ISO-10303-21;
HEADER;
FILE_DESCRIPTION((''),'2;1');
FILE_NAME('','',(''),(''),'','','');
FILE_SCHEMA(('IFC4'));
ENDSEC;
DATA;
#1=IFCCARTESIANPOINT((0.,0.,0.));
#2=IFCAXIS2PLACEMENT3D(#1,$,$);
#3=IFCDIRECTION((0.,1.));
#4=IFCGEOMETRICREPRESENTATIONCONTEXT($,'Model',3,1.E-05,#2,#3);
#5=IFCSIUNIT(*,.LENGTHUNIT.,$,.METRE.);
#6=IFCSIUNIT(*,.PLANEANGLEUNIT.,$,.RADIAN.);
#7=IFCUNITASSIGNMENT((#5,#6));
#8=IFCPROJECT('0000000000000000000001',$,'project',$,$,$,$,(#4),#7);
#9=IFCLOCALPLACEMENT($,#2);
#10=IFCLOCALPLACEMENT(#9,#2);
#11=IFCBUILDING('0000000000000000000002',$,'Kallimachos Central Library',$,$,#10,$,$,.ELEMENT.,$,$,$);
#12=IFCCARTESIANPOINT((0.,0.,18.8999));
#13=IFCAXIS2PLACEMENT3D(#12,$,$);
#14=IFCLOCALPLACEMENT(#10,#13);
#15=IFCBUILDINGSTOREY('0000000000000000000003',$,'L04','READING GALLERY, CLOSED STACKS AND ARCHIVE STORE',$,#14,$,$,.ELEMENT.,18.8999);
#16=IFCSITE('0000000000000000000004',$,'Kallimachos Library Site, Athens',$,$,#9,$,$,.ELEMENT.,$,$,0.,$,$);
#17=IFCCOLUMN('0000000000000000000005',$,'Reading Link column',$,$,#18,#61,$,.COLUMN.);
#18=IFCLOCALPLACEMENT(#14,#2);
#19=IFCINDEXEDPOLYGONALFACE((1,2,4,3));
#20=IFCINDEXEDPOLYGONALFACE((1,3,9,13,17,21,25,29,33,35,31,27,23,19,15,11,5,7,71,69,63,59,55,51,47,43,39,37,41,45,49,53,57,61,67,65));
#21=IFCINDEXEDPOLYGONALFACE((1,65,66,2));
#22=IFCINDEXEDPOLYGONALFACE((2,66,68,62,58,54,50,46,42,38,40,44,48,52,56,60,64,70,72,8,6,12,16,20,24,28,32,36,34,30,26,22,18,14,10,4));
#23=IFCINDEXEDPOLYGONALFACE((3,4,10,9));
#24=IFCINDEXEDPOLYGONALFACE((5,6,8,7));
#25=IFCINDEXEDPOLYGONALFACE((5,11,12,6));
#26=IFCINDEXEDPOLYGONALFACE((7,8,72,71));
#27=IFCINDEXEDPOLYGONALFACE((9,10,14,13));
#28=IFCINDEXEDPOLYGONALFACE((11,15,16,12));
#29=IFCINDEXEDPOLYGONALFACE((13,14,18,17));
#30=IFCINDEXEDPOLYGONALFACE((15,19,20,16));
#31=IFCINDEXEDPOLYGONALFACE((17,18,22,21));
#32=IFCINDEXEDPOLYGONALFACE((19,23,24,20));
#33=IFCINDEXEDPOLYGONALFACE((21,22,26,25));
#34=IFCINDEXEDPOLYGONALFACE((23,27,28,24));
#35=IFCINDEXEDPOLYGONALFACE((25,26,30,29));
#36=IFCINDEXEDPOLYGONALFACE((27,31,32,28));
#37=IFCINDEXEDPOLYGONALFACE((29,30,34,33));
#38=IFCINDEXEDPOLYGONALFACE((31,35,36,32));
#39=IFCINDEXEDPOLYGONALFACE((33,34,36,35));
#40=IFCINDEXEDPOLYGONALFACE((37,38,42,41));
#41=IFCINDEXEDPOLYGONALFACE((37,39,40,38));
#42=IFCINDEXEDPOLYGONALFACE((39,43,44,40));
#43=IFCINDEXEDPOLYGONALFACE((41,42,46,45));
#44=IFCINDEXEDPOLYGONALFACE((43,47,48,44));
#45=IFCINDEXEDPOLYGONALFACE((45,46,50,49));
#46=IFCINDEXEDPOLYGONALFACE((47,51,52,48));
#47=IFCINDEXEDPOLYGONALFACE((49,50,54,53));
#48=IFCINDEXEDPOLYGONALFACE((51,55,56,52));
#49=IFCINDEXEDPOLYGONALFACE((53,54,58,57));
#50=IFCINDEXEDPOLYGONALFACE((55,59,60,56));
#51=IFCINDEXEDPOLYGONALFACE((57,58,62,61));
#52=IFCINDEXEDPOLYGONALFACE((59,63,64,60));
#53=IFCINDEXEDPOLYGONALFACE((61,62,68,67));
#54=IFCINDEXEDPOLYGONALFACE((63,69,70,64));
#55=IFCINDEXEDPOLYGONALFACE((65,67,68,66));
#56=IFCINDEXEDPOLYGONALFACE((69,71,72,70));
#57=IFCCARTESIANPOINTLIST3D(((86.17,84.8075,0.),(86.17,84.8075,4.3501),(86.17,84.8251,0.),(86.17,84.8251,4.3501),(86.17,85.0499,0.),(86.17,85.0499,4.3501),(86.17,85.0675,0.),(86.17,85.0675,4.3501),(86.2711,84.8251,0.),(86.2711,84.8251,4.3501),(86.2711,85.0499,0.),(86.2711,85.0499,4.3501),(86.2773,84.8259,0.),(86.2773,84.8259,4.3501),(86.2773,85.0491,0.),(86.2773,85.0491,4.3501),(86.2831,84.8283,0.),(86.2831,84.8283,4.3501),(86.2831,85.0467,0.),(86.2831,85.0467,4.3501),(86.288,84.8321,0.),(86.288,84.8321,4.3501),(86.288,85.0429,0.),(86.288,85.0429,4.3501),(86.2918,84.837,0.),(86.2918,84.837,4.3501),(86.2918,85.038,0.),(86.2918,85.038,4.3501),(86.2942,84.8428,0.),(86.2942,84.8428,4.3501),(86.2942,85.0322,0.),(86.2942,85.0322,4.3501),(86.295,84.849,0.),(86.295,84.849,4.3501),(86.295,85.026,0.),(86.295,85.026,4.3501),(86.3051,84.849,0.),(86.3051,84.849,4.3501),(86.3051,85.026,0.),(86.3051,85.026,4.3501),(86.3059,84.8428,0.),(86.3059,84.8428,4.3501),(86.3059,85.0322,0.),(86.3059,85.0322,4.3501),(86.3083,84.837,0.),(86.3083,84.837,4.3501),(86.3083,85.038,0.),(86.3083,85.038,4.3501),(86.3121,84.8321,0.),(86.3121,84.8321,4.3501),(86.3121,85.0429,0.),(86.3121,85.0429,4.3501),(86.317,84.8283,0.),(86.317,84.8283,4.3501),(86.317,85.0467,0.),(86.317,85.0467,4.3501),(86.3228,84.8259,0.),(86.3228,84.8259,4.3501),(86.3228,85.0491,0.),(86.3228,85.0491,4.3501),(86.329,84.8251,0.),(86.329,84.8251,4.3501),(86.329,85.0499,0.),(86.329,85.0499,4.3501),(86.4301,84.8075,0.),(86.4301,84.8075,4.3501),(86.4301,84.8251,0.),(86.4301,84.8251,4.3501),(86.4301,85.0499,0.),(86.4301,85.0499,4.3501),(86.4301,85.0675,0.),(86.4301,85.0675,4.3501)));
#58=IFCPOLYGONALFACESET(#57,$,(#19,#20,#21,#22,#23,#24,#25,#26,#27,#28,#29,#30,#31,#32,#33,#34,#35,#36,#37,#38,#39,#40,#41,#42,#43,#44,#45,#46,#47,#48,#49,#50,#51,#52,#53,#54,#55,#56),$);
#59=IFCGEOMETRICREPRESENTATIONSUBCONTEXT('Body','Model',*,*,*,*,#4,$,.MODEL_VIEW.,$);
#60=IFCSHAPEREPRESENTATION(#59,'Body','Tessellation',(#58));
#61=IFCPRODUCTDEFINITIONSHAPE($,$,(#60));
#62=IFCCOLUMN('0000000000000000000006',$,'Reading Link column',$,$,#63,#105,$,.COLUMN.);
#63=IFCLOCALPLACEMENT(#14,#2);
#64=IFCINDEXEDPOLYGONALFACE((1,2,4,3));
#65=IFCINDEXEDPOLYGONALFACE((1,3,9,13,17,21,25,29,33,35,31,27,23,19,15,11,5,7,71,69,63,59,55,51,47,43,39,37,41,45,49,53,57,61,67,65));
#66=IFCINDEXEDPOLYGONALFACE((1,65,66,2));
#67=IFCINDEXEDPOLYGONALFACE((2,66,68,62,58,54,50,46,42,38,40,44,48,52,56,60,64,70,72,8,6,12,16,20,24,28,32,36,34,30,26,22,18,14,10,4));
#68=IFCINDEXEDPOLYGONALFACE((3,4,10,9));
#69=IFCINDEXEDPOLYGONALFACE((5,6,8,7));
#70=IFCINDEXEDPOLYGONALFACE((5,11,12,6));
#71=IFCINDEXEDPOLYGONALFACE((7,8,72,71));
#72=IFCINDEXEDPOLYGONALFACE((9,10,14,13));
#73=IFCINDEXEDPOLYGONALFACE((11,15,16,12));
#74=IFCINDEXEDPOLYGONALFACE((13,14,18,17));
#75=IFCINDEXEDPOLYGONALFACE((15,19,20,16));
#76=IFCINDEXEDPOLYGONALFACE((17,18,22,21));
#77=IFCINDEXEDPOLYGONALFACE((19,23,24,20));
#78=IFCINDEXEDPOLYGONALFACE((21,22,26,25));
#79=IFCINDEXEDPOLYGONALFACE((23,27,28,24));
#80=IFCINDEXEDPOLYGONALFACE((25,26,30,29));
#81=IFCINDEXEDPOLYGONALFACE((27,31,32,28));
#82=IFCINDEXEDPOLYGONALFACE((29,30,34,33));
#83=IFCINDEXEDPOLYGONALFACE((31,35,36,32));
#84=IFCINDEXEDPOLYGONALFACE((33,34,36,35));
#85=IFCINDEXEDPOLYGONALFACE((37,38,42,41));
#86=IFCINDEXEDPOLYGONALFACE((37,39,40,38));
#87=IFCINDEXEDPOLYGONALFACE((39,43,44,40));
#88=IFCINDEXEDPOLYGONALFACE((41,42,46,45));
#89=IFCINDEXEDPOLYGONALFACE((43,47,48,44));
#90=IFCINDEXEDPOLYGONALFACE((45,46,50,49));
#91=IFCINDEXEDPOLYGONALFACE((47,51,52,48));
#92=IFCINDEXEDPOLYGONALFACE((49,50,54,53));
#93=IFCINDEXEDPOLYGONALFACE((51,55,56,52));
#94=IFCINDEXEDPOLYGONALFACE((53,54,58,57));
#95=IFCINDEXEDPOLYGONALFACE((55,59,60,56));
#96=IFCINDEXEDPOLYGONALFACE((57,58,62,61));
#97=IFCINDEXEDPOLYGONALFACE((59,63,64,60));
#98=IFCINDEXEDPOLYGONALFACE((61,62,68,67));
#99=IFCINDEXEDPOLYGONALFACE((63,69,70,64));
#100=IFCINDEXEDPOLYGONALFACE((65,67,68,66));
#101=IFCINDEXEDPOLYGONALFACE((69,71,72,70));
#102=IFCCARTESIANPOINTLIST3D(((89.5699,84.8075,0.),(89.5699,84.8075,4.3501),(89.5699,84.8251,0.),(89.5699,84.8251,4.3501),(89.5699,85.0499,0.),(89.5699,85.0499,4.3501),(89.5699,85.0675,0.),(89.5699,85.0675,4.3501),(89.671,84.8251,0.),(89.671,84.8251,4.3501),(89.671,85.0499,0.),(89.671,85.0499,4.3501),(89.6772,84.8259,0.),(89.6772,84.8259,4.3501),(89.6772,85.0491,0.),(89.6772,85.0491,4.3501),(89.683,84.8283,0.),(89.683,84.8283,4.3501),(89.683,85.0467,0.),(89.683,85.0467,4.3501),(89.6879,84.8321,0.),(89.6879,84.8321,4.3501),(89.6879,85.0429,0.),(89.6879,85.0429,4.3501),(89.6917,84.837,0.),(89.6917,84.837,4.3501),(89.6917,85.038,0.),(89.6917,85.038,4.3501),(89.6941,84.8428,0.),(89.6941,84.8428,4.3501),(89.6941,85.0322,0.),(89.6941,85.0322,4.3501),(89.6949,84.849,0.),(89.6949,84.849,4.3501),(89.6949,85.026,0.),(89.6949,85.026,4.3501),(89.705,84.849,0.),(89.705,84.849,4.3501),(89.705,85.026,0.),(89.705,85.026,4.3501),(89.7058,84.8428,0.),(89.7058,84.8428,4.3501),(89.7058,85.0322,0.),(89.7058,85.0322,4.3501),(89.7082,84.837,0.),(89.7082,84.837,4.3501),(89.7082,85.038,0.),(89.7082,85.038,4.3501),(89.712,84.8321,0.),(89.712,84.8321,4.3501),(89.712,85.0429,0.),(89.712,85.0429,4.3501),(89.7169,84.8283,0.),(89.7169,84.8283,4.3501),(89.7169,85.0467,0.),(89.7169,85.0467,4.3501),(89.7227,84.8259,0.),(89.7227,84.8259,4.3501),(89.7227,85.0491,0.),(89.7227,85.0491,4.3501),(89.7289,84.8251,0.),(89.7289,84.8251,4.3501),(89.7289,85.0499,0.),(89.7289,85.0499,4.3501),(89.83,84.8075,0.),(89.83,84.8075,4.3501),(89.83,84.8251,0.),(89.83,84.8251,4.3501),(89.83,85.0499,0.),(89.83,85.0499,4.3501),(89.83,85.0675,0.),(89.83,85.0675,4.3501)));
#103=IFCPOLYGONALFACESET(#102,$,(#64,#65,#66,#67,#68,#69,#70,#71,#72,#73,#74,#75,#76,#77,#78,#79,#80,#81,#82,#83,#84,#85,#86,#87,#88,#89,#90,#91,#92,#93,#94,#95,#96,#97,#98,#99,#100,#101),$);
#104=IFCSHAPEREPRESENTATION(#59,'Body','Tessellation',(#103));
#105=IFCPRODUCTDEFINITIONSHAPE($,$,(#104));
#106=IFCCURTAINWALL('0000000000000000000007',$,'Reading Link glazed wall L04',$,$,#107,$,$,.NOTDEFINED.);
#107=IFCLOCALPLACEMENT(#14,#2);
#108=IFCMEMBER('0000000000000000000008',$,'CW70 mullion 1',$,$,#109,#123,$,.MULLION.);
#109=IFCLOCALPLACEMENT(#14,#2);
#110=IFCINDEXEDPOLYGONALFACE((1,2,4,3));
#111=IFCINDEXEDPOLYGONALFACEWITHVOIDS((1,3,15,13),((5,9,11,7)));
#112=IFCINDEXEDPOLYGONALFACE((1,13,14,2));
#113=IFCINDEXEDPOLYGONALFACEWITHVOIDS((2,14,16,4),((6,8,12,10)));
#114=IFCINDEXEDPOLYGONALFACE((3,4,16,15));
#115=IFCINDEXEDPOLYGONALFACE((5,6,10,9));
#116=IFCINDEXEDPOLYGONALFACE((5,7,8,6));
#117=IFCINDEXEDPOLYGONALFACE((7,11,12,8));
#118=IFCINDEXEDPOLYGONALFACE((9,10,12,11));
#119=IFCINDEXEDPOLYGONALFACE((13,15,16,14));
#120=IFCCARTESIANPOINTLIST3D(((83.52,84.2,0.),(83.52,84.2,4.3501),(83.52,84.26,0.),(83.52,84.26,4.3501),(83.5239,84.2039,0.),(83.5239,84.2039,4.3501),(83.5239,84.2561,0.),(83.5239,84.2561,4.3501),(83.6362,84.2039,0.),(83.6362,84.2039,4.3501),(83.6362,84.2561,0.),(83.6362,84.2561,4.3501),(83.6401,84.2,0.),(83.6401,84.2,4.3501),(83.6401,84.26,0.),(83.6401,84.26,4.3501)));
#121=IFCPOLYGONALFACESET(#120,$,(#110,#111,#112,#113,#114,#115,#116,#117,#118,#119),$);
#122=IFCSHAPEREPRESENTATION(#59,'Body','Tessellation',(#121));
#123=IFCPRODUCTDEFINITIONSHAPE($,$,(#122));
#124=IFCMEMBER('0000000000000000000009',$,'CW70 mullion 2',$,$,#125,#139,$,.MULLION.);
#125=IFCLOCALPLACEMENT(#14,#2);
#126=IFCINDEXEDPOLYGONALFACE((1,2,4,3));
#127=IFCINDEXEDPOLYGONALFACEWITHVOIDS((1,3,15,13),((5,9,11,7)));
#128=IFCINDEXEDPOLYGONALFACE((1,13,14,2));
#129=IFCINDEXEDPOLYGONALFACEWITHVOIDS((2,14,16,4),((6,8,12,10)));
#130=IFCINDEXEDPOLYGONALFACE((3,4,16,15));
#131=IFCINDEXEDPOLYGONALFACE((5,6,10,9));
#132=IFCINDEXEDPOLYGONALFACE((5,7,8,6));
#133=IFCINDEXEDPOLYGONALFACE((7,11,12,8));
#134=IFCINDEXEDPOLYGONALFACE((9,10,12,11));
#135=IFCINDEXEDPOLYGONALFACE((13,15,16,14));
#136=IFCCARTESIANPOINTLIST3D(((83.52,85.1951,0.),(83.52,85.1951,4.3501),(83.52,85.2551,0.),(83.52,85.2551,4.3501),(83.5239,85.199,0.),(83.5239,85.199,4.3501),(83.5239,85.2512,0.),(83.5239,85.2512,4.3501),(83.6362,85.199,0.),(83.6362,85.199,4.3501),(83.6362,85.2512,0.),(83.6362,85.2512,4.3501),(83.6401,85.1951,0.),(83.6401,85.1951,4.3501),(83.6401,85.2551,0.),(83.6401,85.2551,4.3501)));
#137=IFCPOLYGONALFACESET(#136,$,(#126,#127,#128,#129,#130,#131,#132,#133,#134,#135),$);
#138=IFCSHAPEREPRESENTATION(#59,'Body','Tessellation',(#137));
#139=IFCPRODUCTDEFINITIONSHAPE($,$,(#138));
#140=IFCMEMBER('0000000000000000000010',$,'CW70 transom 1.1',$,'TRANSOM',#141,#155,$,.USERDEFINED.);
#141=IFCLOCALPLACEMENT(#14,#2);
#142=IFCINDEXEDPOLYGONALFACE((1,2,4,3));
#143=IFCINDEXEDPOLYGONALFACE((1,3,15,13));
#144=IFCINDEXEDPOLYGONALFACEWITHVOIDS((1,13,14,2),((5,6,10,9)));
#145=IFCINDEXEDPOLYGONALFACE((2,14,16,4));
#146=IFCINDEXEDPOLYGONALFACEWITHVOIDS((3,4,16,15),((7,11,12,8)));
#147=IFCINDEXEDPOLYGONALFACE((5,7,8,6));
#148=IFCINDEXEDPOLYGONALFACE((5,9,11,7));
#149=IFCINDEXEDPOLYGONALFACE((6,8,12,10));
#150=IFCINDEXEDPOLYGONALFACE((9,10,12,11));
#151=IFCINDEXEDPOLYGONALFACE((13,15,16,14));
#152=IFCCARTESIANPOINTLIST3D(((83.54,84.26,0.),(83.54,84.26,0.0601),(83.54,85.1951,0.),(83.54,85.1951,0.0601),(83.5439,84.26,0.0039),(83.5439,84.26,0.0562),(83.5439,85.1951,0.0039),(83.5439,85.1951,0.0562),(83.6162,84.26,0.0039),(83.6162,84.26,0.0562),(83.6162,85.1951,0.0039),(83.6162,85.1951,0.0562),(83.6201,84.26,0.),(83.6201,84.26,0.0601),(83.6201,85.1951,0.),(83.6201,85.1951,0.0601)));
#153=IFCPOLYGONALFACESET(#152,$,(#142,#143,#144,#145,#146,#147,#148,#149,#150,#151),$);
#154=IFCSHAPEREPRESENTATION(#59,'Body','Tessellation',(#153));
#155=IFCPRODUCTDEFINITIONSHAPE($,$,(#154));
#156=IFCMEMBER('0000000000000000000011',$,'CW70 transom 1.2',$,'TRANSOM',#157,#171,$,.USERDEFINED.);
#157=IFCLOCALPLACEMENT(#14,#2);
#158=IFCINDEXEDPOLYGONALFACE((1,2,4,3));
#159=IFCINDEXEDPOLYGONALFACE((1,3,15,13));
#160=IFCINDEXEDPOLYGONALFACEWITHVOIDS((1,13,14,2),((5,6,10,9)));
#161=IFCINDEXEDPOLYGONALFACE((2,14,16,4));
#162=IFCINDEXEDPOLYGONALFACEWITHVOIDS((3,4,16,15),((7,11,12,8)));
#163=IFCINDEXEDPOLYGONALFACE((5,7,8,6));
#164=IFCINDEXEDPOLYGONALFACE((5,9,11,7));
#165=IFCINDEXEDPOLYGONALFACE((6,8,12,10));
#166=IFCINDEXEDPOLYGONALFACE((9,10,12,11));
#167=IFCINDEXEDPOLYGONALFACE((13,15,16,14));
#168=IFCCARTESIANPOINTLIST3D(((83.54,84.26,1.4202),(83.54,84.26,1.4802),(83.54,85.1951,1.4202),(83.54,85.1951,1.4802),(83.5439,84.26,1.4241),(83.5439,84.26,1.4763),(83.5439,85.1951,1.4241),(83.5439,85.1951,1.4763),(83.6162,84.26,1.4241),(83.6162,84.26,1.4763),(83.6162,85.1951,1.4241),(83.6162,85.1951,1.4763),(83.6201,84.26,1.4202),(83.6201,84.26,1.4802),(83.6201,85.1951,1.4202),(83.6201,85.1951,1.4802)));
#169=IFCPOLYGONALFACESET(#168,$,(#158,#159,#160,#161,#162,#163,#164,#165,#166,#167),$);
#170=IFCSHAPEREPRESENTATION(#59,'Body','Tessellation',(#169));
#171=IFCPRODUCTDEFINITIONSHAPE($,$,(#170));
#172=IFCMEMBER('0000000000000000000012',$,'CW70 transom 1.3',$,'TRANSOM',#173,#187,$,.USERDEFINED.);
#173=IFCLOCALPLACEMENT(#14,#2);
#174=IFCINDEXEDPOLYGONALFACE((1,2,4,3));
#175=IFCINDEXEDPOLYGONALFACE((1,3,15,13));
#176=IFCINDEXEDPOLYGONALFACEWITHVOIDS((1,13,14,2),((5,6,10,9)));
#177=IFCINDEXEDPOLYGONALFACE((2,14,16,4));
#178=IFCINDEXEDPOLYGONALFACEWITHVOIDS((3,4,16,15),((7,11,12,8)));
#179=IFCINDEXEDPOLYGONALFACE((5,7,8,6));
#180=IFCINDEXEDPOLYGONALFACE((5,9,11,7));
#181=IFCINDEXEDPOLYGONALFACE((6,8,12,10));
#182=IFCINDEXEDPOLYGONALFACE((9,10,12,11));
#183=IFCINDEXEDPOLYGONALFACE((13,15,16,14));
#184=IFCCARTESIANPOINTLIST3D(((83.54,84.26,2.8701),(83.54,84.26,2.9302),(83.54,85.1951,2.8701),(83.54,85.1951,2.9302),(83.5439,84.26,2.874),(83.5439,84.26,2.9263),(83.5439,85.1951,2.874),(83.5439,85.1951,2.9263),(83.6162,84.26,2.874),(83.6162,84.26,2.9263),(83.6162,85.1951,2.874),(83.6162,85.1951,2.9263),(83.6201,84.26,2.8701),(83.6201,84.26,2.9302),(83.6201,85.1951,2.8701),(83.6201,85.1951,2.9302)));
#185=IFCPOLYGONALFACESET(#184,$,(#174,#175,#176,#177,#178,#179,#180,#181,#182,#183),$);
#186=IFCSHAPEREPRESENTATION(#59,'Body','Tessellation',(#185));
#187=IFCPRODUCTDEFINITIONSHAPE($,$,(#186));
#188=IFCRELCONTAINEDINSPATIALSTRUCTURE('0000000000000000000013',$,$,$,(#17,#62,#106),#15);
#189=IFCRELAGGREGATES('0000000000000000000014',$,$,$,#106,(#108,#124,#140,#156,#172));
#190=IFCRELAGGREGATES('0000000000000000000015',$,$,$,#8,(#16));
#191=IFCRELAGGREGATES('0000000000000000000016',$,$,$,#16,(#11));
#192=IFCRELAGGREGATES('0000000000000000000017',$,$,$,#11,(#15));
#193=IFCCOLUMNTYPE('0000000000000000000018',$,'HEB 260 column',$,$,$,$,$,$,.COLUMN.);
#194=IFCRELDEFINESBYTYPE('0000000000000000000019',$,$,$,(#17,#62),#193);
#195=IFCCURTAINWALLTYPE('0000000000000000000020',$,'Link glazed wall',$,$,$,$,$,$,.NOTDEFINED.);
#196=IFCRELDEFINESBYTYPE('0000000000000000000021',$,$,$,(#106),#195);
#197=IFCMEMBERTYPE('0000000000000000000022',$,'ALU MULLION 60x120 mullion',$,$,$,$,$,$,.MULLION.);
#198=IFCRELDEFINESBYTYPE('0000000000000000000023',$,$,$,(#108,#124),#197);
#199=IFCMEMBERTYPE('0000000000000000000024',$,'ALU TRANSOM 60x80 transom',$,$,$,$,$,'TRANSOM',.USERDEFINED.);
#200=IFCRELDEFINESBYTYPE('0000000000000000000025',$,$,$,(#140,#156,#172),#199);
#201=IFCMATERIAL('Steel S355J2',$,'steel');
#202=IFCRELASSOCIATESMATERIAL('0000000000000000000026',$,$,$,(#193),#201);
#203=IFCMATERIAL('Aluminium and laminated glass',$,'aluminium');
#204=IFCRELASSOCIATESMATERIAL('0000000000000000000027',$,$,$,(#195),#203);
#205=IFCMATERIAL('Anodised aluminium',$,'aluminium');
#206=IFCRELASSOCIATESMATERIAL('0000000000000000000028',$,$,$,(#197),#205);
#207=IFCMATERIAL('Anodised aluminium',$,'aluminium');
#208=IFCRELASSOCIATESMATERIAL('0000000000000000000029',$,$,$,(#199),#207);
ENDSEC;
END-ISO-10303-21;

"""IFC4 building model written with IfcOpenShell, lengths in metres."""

from ifc_helpers import new_model, si_unit, direction, frame, origin, origin_2d, place, context, subcontext, project, spatial, hollow_rectangle, i_section, extrude, material, material_profile, profile_set, type_object, element, aggregate, save


model = new_model("IFC4")

# Units and contexts
model_context = context("Model", 3, precision=1e-05, world=origin(), true_north=direction((0.0, 1.0)))
body_context = subcontext(model_context, "Body", "Model", "MODEL_VIEW")
ifc_project = project(units=[si_unit("LENGTHUNIT", "METRE"), si_unit("PLANEANGLEUNIT", "RADIAN")], contexts=[model_context])

# Site, building, storey
site_placement = place(None, origin())
site = spatial("IfcSite", under=ifc_project, at=site_placement, Name="Kallimachos Library Site, Athens", CompositionType="ELEMENT", RefElevation=0.0)
building_placement = place(site_placement, origin())
building = spatial("IfcBuilding", under=site, at=building_placement, Name="Kallimachos Central Library", CompositionType="ELEMENT")
storey_placement = place(building_placement, frame((0.0, 0.0, 18.8999)))
storey = spatial("IfcBuildingStorey", under=building, at=storey_placement, Name="L04", Description="READING GALLERY, CLOSED STACKS AND ARCHIVE STORE", CompositionType="ELEMENT", Elevation=18.8999)

# Columns
ifc_material_1 = material(Name="Steel S355J2", Category="steel")
ifc_material_profile_1 = material_profile(ifc_material_1, i_section(OverallWidth=0.26, OverallDepth=0.26, WebThickness=0.01, FlangeThickness=0.0176, FilletRadius=0.0239, at=origin_2d()), Name="HEB 260")
ifc_profile_set_1 = profile_set([ifc_material_profile_1], Name="Steel S355J2")
column_type = type_object("IfcColumnType", Name="HEB 260 column", PredefinedType="COLUMN", material=ifc_profile_set_1)
for number, where, z_axis, x_axis, name in (
    (1, (86.3, 84.9375, 0.0), (0.0, 0.0, 1.0), (1.0, 0.0, 0.0), "Reading Link column"),
    (2, (89.7, 84.9375, 0.0), (0.0, 0.0, 1.0), (1.0, 0.0, 0.0), "Reading Link column"),
):
    element("IfcColumn", number, at=place(storey_placement, frame(where, z_axis=z_axis, x_axis=x_axis)), inside=storey, type_object=column_type, Name=name, PredefinedType="COLUMN", context=body_context, shape_type="SweptSolid", body=[
        extrude(i_section(OverallWidth=0.26, OverallDepth=0.26, WebThickness=0.01, FlangeThickness=0.0176, FilletRadius=0.0239, at=origin_2d()), origin(), (0.0, 0.0, 1.0), 4.3501),
    ])

# Curtain wall, members
ifc_material_2 = material(Name="Aluminium and laminated glass", Category="aluminium")
curtain_wall_type = type_object("IfcCurtainWallType", Name="Link glazed wall", PredefinedType="NOTDEFINED", material=ifc_material_2)
curtain_wall_placement = place(storey_placement, origin())
curtain_wall = element("IfcCurtainWall", 3, at=curtain_wall_placement, inside=storey, type_object=curtain_wall_type, Name="Reading Link glazed wall L04", PredefinedType="NOTDEFINED")
ifc_material_3 = material(Name="Anodised aluminium", Category="aluminium")
ifc_material_profile_2 = material_profile(ifc_material_3, hollow_rectangle(XDim=0.0601, YDim=0.1201, WallThickness=0.0039, at=origin_2d()), Name="ALU MULLION 60x120")
ifc_profile_set_2 = profile_set([ifc_material_profile_2], Name="Anodised aluminium")
member_type_1 = type_object("IfcMemberType", Name="ALU MULLION 60x120 mullion", PredefinedType="MULLION", material=ifc_profile_set_2)
member_1_placement = place(storey_placement, frame((83.5801, 84.23, 0.0), z_axis=(0.0, 0.0, 1.0), x_axis=(0.0, 1.0, 0.0)))
member_1 = element("IfcMember", 4, at=member_1_placement, type_object=member_type_1, Name="CW70 mullion 1", PredefinedType="MULLION", context=body_context, shape_type="SweptSolid", body=[
    extrude(hollow_rectangle(XDim=0.0601, YDim=0.1201, WallThickness=0.0039, at=origin_2d()), origin(), (0.0, 0.0, 1.0), 4.3501),
])
member_2_placement = place(storey_placement, frame((83.5801, 85.2251, 0.0), z_axis=(0.0, 0.0, 1.0), x_axis=(0.0, 1.0, 0.0)))
member_2 = element("IfcMember", 5, at=member_2_placement, type_object=member_type_1, Name="CW70 mullion 2", PredefinedType="MULLION", context=body_context, shape_type="SweptSolid", body=[
    extrude(hollow_rectangle(XDim=0.0601, YDim=0.1201, WallThickness=0.0039, at=origin_2d()), origin(), (0.0, 0.0, 1.0), 4.3501),
])
ifc_material_4 = material(Name="Anodised aluminium", Category="aluminium")
ifc_material_profile_3 = material_profile(ifc_material_4, hollow_rectangle(XDim=0.0601, YDim=0.0801, WallThickness=0.0039, at=origin_2d()), Name="ALU TRANSOM 60x80")
ifc_profile_set_3 = profile_set([ifc_material_profile_3], Name="Anodised aluminium")
member_type_2 = type_object("IfcMemberType", Name="ALU TRANSOM 60x80 transom", ElementType="TRANSOM", PredefinedType="USERDEFINED", material=ifc_profile_set_3)
member_3_placement = place(storey_placement, frame((83.5801, 84.26, 0.03), z_axis=(0.0, 1.0, 0.0), x_axis=(0.0, 0.0, 1.0)))
member_3 = element("IfcMember", 6, at=member_3_placement, type_object=member_type_2, Name="CW70 transom 1.1", ObjectType="TRANSOM", PredefinedType="USERDEFINED", context=body_context, shape_type="SweptSolid", body=[
    extrude(hollow_rectangle(XDim=0.0601, YDim=0.0801, WallThickness=0.0039, at=origin_2d()), origin(), (0.0, 0.0, 1.0), 0.9351),
])
member_4_placement = place(storey_placement, frame((83.5801, 84.26, 1.4502), z_axis=(0.0, 1.0, 0.0), x_axis=(0.0, 0.0, 1.0)))
member_4 = element("IfcMember", 7, at=member_4_placement, type_object=member_type_2, Name="CW70 transom 1.2", ObjectType="TRANSOM", PredefinedType="USERDEFINED", context=body_context, shape_type="SweptSolid", body=[
    extrude(hollow_rectangle(XDim=0.0601, YDim=0.0801, WallThickness=0.0039, at=origin_2d()), origin(), (0.0, 0.0, 1.0), 0.9351),
])
member_5_placement = place(storey_placement, frame((83.5801, 84.26, 2.9001), z_axis=(0.0, 1.0, 0.0), x_axis=(0.0, 0.0, 1.0)))
member_5 = element("IfcMember", 8, at=member_5_placement, type_object=member_type_2, Name="CW70 transom 1.3", ObjectType="TRANSOM", PredefinedType="USERDEFINED", context=body_context, shape_type="SweptSolid", body=[
    extrude(hollow_rectangle(XDim=0.0601, YDim=0.0801, WallThickness=0.0039, at=origin_2d()), origin(), (0.0, 0.0, 1.0), 0.9351),
])

aggregate(curtain_wall, [member_1, member_2, member_3, member_4, member_5])

save(model, "model.ifc")
